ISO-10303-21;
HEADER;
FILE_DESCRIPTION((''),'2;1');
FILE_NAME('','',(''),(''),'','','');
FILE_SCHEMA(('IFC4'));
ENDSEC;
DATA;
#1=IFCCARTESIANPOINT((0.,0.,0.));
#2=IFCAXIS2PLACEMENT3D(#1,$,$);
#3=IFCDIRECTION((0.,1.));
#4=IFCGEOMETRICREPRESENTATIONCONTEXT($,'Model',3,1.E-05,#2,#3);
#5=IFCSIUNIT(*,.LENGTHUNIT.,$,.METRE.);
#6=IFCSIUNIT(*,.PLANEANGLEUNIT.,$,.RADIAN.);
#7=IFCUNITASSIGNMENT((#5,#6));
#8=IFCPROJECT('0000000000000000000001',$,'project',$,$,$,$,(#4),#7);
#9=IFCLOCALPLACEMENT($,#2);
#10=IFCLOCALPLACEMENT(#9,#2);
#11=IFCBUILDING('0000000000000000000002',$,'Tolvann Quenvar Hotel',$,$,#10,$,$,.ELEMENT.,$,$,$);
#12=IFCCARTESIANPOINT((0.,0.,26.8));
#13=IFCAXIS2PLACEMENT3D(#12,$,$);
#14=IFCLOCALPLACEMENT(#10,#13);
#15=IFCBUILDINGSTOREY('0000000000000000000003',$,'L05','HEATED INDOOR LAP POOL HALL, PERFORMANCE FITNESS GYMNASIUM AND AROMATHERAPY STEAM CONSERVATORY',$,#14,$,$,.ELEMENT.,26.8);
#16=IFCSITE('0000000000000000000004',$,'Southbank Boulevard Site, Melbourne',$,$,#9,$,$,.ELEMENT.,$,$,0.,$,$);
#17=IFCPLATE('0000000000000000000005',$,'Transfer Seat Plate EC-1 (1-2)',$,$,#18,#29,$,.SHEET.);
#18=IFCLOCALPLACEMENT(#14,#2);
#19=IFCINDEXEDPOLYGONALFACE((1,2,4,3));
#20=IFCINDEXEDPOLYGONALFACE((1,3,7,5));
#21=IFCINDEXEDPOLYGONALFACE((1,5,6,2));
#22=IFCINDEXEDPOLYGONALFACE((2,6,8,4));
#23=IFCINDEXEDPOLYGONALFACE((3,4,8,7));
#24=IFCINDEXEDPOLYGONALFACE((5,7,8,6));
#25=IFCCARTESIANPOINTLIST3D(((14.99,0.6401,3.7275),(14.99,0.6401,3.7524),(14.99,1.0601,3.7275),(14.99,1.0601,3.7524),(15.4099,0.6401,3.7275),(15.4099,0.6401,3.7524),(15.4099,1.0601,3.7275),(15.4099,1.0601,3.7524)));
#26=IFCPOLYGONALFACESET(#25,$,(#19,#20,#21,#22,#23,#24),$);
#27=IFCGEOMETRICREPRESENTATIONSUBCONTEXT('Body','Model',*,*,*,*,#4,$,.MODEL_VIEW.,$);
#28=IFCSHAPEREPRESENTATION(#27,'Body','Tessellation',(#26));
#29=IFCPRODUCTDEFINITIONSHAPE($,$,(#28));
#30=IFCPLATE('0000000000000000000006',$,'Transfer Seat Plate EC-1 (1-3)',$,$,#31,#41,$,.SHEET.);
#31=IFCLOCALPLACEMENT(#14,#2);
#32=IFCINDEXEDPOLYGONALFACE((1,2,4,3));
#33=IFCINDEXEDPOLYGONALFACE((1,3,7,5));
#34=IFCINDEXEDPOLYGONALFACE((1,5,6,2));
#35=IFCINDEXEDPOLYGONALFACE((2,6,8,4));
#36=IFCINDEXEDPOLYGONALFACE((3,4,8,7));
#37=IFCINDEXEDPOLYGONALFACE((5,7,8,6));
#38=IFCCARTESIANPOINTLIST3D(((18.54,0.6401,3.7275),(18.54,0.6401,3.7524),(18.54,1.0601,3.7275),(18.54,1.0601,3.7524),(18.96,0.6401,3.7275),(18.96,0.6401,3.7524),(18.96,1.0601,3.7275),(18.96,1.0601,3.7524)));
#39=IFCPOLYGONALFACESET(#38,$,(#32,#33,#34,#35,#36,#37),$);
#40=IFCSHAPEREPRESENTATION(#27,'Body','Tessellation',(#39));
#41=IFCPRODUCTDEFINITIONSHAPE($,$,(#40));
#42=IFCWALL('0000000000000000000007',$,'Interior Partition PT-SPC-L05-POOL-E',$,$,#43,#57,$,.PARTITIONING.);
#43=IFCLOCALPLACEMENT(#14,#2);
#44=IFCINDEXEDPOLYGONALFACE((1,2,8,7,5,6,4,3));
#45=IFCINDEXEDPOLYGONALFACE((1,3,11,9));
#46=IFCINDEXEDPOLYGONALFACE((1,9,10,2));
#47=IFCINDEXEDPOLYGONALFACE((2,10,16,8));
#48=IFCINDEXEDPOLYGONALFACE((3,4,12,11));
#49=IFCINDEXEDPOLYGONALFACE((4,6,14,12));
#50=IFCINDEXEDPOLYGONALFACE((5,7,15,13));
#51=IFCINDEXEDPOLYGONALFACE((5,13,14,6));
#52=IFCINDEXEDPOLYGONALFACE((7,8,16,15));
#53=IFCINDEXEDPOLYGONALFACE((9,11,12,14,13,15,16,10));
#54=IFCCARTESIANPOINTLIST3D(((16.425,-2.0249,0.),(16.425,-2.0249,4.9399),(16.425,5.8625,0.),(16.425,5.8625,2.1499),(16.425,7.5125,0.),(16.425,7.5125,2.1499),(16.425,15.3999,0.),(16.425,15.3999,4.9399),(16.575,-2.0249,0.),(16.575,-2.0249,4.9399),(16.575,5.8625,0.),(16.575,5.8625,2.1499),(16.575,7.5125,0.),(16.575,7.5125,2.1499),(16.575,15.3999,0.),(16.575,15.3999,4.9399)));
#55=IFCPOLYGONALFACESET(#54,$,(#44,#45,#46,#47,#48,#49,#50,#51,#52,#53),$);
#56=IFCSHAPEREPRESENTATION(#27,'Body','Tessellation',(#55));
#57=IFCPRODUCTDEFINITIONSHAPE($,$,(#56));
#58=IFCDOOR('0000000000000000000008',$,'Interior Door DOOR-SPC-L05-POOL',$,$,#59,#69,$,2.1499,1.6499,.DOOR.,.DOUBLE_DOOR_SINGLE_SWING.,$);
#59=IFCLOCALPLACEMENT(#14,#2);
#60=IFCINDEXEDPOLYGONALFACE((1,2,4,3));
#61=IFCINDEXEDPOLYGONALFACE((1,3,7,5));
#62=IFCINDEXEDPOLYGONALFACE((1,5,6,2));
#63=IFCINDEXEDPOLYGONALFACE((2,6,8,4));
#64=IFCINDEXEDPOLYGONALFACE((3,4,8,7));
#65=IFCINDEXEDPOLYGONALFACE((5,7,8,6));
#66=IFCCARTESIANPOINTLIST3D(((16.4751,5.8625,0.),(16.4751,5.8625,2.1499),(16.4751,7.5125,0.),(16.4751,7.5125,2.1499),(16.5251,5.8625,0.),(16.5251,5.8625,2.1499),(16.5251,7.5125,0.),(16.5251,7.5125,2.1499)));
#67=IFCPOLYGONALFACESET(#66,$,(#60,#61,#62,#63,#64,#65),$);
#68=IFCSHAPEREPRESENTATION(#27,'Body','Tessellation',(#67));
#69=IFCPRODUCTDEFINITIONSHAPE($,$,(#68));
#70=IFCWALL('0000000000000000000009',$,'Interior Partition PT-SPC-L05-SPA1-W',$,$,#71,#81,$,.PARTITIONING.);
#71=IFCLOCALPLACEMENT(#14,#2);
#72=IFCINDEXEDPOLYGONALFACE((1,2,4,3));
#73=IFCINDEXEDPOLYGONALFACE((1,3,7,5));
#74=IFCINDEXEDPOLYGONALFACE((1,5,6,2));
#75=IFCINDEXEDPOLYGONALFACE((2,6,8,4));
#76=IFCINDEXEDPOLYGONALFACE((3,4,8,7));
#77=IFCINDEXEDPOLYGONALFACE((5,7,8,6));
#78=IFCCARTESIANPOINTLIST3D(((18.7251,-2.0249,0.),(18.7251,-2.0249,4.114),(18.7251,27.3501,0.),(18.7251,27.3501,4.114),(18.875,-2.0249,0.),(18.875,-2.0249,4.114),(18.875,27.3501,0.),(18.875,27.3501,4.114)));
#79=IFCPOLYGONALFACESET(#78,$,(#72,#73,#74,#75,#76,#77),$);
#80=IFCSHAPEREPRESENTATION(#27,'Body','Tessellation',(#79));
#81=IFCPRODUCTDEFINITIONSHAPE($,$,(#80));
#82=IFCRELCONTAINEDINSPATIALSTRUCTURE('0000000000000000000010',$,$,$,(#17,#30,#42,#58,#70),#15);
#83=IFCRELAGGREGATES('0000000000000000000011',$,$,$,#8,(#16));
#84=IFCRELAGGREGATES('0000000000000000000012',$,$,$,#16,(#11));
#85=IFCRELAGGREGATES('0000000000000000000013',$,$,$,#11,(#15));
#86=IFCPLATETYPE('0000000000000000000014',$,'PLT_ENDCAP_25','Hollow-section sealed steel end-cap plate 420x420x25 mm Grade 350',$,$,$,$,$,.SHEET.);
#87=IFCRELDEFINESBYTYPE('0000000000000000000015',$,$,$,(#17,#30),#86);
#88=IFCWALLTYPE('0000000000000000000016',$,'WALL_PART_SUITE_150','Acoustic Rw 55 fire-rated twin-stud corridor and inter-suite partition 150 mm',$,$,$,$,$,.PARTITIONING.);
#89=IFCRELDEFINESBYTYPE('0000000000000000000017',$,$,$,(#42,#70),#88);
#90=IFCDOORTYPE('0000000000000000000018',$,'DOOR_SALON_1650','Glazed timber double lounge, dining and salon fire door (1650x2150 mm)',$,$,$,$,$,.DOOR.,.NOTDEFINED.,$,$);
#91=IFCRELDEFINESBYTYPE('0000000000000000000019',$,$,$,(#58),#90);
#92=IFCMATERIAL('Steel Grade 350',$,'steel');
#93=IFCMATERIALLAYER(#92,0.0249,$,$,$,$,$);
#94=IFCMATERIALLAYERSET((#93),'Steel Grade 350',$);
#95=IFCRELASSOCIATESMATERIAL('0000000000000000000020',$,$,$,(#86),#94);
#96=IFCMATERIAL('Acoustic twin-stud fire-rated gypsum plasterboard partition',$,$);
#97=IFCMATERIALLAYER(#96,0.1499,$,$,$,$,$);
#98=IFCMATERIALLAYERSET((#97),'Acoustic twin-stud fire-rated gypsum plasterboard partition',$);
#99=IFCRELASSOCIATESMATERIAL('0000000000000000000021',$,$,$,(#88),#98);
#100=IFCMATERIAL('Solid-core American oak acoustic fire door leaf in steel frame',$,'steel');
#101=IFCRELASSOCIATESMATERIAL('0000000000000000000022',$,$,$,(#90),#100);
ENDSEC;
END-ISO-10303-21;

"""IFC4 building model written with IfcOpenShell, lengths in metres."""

from ifc_helpers import new_model, si_unit, direction, frame, frame_2d, origin, origin_2d, place, context, subcontext, project, spatial, rectangle, extrude, source, transform, mapped, material, layer, layer_set, type_object, type_shapes, element, fill, save


model = new_model("IFC4")

# Units and contexts
model_context = context("Model", 3, precision=1e-05, world=origin(), true_north=direction((0.0, 1.0)))
body_context = subcontext(model_context, "Body", "Model", "MODEL_VIEW")
ifc_project = project(units=[si_unit("LENGTHUNIT", "METRE"), si_unit("PLANEANGLEUNIT", "RADIAN")], contexts=[model_context])

# Site, building, storey
site_placement = place(None, origin())
site = spatial("IfcSite", under=ifc_project, at=site_placement, Name="Southbank Boulevard Site, Melbourne", CompositionType="ELEMENT", RefElevation=0.0)
building_placement = place(site_placement, origin())
building = spatial("IfcBuilding", under=site, at=building_placement, Name="Tolvann Quenvar Hotel", CompositionType="ELEMENT")
storey_placement = place(building_placement, frame((0.0, 0.0, 26.8)))
storey = spatial("IfcBuildingStorey", under=building, at=storey_placement, Name="L05", Description="HEATED INDOOR LAP POOL HALL, PERFORMANCE FITNESS GYMNASIUM AND AROMATHERAPY STEAM CONSERVATORY", CompositionType="ELEMENT", Elevation=26.8)

# Shared definitions
ifc_material_1 = material(Name="Steel Grade 350", Category="steel")

# Plates
ifc_layer_1 = layer(ifc_material_1, 0.0249)
ifc_layer_set_1 = layer_set([ifc_layer_1], Name="Steel Grade 350")
plate_type_1 = type_object("IfcPlateType", Name="PLT_ENDCAP_25", Description="Hollow-section sealed steel end-cap plate 420x420x25 mm Grade 350", PredefinedType="SHEET", material=ifc_layer_set_1)
shared_shape_1 = source(origin(), body_context, "Body", "SweptSolid", [
    extrude(rectangle(XDim=0.4199, YDim=0.4199, at=origin_2d()), origin(), (0.0, 0.0, 1.0), 0.0249),
])
type_shapes(plate_type_1, [shared_shape_1])
for number, where, z_axis, x_axis, name in (
    (1, (15.2, 0.8501, 3.7275), (0.0, 0.0, 1.0), (1.0, 0.0, 0.0), "Transfer Seat Plate EC-1 (1-2)"),
    (2, (18.75, 0.8501, 3.7275), (0.0, 0.0, 1.0), (1.0, 0.0, 0.0), "Transfer Seat Plate EC-1 (1-3)"),
):
    element("IfcPlate", number, at=place(storey_placement, frame(where, z_axis=z_axis, x_axis=x_axis)), inside=storey, type_object=plate_type_1, Name=name, PredefinedType="SHEET", context=body_context, shape_type="MappedRepresentation", body=[
        mapped(shared_shape_1, transform((0.0, 0.0, 0.0), x_axis=(1.0, 0.0, 0.0), y_axis=(0.0, 1.0, 0.0), z_axis=(0.0, 0.0, 1.0), scale=1.0)),
    ])

# Wall, opening, door
ifc_material_2 = material(Name="Acoustic twin-stud fire-rated gypsum plasterboard partition")
ifc_layer_2 = layer(ifc_material_2, 0.1499)
ifc_layer_set_2 = layer_set([ifc_layer_2], Name="Acoustic twin-stud fire-rated gypsum plasterboard partition")
wall_type = type_object("IfcWallType", Name="WALL_PART_SUITE_150", Description="Acoustic Rw 55 fire-rated twin-stud corridor and inter-suite partition 150 mm", PredefinedType="PARTITIONING", material=ifc_layer_set_2)
wall_1_placement = place(storey_placement, frame((16.5, -2.0249, 0.0), z_axis=(0.0, 0.0, 1.0), x_axis=(0.0, 1.0, 0.0)))
wall_1 = element("IfcWall", 3, at=wall_1_placement, inside=storey, type_object=wall_type, Name="Interior Partition PT-SPC-L05-POOL-E", PredefinedType="PARTITIONING", context=body_context, shape_type="SweptSolid", body=[
    extrude(rectangle(XDim=17.4248, YDim=0.1499, at=frame_2d((8.7124, 0.0))), origin(), (0.0, 0.0, 1.0), 4.9399),
])
opening_placement = place(wall_1_placement, frame((7.8875, 0.0, 0.0)))
opening = element("IfcOpeningElement", 4, at=opening_placement, cuts=wall_1, PredefinedType="OPENING", context=body_context, shape_type="SweptSolid", body=[
    extrude(rectangle(XDim=1.6499, YDim=2.1499, at=frame_2d((0.825, 1.075))), frame((0.0, 0.085, 0.0), z_axis=(0.0, -1.0, 0.0), x_axis=(1.0, 0.0, 0.0)), (0.0, 0.0, 1.0), 0.1699),
])
ifc_material_3 = material(Name="Solid-core American oak acoustic fire door leaf in steel frame", Category="steel")
door_type = type_object("IfcDoorType", Name="DOOR_SALON_1650", Description="Glazed timber double lounge, dining and salon fire door (1650x2150 mm)", OperationType="NOTDEFINED", PredefinedType="DOOR", material=ifc_material_3)
shared_shape_2 = source(origin(), body_context, "Body", "SweptSolid", [
    extrude(rectangle(XDim=1.6499, YDim=2.1499, at=frame_2d((0.825, 1.075))), frame((0.0, 0.0249, 0.0), z_axis=(0.0, -1.0, 0.0), x_axis=(1.0, 0.0, 0.0)), (0.0, 0.0, 1.0), 0.05),
])
type_shapes(door_type, [shared_shape_2])
door_placement = place(opening_placement, origin())
door = element("IfcDoor", 5, at=door_placement, inside=storey, type_object=door_type, Name="Interior Door DOOR-SPC-L05-POOL", OperationType="DOUBLE_DOOR_SINGLE_SWING", OverallHeight=2.1499, OverallWidth=1.6499, PredefinedType="DOOR", context=body_context, shape_type="MappedRepresentation", body=[
    mapped(shared_shape_2, transform((0.0, 0.0, 0.0), x_axis=(1.0, 0.0, 0.0), y_axis=(0.0, 1.0, 0.0), z_axis=(0.0, 0.0, 1.0), scale=1.0)),
])
fill(opening, door)

# Wall
wall_2_placement = place(storey_placement, frame((18.8, -2.0249, 0.0), z_axis=(0.0, 0.0, 1.0), x_axis=(0.0, 1.0, 0.0)))
element("IfcWall", 6, at=wall_2_placement, inside=storey, type_object=wall_type, Name="Interior Partition PT-SPC-L05-SPA1-W", PredefinedType="PARTITIONING", context=body_context, shape_type="SweptSolid", body=[
    extrude(rectangle(XDim=29.375, YDim=0.1499, at=frame_2d((14.6875, 0.0))), origin(), (0.0, 0.0, 1.0), 4.114),
])

save(model, "model.ifc")
